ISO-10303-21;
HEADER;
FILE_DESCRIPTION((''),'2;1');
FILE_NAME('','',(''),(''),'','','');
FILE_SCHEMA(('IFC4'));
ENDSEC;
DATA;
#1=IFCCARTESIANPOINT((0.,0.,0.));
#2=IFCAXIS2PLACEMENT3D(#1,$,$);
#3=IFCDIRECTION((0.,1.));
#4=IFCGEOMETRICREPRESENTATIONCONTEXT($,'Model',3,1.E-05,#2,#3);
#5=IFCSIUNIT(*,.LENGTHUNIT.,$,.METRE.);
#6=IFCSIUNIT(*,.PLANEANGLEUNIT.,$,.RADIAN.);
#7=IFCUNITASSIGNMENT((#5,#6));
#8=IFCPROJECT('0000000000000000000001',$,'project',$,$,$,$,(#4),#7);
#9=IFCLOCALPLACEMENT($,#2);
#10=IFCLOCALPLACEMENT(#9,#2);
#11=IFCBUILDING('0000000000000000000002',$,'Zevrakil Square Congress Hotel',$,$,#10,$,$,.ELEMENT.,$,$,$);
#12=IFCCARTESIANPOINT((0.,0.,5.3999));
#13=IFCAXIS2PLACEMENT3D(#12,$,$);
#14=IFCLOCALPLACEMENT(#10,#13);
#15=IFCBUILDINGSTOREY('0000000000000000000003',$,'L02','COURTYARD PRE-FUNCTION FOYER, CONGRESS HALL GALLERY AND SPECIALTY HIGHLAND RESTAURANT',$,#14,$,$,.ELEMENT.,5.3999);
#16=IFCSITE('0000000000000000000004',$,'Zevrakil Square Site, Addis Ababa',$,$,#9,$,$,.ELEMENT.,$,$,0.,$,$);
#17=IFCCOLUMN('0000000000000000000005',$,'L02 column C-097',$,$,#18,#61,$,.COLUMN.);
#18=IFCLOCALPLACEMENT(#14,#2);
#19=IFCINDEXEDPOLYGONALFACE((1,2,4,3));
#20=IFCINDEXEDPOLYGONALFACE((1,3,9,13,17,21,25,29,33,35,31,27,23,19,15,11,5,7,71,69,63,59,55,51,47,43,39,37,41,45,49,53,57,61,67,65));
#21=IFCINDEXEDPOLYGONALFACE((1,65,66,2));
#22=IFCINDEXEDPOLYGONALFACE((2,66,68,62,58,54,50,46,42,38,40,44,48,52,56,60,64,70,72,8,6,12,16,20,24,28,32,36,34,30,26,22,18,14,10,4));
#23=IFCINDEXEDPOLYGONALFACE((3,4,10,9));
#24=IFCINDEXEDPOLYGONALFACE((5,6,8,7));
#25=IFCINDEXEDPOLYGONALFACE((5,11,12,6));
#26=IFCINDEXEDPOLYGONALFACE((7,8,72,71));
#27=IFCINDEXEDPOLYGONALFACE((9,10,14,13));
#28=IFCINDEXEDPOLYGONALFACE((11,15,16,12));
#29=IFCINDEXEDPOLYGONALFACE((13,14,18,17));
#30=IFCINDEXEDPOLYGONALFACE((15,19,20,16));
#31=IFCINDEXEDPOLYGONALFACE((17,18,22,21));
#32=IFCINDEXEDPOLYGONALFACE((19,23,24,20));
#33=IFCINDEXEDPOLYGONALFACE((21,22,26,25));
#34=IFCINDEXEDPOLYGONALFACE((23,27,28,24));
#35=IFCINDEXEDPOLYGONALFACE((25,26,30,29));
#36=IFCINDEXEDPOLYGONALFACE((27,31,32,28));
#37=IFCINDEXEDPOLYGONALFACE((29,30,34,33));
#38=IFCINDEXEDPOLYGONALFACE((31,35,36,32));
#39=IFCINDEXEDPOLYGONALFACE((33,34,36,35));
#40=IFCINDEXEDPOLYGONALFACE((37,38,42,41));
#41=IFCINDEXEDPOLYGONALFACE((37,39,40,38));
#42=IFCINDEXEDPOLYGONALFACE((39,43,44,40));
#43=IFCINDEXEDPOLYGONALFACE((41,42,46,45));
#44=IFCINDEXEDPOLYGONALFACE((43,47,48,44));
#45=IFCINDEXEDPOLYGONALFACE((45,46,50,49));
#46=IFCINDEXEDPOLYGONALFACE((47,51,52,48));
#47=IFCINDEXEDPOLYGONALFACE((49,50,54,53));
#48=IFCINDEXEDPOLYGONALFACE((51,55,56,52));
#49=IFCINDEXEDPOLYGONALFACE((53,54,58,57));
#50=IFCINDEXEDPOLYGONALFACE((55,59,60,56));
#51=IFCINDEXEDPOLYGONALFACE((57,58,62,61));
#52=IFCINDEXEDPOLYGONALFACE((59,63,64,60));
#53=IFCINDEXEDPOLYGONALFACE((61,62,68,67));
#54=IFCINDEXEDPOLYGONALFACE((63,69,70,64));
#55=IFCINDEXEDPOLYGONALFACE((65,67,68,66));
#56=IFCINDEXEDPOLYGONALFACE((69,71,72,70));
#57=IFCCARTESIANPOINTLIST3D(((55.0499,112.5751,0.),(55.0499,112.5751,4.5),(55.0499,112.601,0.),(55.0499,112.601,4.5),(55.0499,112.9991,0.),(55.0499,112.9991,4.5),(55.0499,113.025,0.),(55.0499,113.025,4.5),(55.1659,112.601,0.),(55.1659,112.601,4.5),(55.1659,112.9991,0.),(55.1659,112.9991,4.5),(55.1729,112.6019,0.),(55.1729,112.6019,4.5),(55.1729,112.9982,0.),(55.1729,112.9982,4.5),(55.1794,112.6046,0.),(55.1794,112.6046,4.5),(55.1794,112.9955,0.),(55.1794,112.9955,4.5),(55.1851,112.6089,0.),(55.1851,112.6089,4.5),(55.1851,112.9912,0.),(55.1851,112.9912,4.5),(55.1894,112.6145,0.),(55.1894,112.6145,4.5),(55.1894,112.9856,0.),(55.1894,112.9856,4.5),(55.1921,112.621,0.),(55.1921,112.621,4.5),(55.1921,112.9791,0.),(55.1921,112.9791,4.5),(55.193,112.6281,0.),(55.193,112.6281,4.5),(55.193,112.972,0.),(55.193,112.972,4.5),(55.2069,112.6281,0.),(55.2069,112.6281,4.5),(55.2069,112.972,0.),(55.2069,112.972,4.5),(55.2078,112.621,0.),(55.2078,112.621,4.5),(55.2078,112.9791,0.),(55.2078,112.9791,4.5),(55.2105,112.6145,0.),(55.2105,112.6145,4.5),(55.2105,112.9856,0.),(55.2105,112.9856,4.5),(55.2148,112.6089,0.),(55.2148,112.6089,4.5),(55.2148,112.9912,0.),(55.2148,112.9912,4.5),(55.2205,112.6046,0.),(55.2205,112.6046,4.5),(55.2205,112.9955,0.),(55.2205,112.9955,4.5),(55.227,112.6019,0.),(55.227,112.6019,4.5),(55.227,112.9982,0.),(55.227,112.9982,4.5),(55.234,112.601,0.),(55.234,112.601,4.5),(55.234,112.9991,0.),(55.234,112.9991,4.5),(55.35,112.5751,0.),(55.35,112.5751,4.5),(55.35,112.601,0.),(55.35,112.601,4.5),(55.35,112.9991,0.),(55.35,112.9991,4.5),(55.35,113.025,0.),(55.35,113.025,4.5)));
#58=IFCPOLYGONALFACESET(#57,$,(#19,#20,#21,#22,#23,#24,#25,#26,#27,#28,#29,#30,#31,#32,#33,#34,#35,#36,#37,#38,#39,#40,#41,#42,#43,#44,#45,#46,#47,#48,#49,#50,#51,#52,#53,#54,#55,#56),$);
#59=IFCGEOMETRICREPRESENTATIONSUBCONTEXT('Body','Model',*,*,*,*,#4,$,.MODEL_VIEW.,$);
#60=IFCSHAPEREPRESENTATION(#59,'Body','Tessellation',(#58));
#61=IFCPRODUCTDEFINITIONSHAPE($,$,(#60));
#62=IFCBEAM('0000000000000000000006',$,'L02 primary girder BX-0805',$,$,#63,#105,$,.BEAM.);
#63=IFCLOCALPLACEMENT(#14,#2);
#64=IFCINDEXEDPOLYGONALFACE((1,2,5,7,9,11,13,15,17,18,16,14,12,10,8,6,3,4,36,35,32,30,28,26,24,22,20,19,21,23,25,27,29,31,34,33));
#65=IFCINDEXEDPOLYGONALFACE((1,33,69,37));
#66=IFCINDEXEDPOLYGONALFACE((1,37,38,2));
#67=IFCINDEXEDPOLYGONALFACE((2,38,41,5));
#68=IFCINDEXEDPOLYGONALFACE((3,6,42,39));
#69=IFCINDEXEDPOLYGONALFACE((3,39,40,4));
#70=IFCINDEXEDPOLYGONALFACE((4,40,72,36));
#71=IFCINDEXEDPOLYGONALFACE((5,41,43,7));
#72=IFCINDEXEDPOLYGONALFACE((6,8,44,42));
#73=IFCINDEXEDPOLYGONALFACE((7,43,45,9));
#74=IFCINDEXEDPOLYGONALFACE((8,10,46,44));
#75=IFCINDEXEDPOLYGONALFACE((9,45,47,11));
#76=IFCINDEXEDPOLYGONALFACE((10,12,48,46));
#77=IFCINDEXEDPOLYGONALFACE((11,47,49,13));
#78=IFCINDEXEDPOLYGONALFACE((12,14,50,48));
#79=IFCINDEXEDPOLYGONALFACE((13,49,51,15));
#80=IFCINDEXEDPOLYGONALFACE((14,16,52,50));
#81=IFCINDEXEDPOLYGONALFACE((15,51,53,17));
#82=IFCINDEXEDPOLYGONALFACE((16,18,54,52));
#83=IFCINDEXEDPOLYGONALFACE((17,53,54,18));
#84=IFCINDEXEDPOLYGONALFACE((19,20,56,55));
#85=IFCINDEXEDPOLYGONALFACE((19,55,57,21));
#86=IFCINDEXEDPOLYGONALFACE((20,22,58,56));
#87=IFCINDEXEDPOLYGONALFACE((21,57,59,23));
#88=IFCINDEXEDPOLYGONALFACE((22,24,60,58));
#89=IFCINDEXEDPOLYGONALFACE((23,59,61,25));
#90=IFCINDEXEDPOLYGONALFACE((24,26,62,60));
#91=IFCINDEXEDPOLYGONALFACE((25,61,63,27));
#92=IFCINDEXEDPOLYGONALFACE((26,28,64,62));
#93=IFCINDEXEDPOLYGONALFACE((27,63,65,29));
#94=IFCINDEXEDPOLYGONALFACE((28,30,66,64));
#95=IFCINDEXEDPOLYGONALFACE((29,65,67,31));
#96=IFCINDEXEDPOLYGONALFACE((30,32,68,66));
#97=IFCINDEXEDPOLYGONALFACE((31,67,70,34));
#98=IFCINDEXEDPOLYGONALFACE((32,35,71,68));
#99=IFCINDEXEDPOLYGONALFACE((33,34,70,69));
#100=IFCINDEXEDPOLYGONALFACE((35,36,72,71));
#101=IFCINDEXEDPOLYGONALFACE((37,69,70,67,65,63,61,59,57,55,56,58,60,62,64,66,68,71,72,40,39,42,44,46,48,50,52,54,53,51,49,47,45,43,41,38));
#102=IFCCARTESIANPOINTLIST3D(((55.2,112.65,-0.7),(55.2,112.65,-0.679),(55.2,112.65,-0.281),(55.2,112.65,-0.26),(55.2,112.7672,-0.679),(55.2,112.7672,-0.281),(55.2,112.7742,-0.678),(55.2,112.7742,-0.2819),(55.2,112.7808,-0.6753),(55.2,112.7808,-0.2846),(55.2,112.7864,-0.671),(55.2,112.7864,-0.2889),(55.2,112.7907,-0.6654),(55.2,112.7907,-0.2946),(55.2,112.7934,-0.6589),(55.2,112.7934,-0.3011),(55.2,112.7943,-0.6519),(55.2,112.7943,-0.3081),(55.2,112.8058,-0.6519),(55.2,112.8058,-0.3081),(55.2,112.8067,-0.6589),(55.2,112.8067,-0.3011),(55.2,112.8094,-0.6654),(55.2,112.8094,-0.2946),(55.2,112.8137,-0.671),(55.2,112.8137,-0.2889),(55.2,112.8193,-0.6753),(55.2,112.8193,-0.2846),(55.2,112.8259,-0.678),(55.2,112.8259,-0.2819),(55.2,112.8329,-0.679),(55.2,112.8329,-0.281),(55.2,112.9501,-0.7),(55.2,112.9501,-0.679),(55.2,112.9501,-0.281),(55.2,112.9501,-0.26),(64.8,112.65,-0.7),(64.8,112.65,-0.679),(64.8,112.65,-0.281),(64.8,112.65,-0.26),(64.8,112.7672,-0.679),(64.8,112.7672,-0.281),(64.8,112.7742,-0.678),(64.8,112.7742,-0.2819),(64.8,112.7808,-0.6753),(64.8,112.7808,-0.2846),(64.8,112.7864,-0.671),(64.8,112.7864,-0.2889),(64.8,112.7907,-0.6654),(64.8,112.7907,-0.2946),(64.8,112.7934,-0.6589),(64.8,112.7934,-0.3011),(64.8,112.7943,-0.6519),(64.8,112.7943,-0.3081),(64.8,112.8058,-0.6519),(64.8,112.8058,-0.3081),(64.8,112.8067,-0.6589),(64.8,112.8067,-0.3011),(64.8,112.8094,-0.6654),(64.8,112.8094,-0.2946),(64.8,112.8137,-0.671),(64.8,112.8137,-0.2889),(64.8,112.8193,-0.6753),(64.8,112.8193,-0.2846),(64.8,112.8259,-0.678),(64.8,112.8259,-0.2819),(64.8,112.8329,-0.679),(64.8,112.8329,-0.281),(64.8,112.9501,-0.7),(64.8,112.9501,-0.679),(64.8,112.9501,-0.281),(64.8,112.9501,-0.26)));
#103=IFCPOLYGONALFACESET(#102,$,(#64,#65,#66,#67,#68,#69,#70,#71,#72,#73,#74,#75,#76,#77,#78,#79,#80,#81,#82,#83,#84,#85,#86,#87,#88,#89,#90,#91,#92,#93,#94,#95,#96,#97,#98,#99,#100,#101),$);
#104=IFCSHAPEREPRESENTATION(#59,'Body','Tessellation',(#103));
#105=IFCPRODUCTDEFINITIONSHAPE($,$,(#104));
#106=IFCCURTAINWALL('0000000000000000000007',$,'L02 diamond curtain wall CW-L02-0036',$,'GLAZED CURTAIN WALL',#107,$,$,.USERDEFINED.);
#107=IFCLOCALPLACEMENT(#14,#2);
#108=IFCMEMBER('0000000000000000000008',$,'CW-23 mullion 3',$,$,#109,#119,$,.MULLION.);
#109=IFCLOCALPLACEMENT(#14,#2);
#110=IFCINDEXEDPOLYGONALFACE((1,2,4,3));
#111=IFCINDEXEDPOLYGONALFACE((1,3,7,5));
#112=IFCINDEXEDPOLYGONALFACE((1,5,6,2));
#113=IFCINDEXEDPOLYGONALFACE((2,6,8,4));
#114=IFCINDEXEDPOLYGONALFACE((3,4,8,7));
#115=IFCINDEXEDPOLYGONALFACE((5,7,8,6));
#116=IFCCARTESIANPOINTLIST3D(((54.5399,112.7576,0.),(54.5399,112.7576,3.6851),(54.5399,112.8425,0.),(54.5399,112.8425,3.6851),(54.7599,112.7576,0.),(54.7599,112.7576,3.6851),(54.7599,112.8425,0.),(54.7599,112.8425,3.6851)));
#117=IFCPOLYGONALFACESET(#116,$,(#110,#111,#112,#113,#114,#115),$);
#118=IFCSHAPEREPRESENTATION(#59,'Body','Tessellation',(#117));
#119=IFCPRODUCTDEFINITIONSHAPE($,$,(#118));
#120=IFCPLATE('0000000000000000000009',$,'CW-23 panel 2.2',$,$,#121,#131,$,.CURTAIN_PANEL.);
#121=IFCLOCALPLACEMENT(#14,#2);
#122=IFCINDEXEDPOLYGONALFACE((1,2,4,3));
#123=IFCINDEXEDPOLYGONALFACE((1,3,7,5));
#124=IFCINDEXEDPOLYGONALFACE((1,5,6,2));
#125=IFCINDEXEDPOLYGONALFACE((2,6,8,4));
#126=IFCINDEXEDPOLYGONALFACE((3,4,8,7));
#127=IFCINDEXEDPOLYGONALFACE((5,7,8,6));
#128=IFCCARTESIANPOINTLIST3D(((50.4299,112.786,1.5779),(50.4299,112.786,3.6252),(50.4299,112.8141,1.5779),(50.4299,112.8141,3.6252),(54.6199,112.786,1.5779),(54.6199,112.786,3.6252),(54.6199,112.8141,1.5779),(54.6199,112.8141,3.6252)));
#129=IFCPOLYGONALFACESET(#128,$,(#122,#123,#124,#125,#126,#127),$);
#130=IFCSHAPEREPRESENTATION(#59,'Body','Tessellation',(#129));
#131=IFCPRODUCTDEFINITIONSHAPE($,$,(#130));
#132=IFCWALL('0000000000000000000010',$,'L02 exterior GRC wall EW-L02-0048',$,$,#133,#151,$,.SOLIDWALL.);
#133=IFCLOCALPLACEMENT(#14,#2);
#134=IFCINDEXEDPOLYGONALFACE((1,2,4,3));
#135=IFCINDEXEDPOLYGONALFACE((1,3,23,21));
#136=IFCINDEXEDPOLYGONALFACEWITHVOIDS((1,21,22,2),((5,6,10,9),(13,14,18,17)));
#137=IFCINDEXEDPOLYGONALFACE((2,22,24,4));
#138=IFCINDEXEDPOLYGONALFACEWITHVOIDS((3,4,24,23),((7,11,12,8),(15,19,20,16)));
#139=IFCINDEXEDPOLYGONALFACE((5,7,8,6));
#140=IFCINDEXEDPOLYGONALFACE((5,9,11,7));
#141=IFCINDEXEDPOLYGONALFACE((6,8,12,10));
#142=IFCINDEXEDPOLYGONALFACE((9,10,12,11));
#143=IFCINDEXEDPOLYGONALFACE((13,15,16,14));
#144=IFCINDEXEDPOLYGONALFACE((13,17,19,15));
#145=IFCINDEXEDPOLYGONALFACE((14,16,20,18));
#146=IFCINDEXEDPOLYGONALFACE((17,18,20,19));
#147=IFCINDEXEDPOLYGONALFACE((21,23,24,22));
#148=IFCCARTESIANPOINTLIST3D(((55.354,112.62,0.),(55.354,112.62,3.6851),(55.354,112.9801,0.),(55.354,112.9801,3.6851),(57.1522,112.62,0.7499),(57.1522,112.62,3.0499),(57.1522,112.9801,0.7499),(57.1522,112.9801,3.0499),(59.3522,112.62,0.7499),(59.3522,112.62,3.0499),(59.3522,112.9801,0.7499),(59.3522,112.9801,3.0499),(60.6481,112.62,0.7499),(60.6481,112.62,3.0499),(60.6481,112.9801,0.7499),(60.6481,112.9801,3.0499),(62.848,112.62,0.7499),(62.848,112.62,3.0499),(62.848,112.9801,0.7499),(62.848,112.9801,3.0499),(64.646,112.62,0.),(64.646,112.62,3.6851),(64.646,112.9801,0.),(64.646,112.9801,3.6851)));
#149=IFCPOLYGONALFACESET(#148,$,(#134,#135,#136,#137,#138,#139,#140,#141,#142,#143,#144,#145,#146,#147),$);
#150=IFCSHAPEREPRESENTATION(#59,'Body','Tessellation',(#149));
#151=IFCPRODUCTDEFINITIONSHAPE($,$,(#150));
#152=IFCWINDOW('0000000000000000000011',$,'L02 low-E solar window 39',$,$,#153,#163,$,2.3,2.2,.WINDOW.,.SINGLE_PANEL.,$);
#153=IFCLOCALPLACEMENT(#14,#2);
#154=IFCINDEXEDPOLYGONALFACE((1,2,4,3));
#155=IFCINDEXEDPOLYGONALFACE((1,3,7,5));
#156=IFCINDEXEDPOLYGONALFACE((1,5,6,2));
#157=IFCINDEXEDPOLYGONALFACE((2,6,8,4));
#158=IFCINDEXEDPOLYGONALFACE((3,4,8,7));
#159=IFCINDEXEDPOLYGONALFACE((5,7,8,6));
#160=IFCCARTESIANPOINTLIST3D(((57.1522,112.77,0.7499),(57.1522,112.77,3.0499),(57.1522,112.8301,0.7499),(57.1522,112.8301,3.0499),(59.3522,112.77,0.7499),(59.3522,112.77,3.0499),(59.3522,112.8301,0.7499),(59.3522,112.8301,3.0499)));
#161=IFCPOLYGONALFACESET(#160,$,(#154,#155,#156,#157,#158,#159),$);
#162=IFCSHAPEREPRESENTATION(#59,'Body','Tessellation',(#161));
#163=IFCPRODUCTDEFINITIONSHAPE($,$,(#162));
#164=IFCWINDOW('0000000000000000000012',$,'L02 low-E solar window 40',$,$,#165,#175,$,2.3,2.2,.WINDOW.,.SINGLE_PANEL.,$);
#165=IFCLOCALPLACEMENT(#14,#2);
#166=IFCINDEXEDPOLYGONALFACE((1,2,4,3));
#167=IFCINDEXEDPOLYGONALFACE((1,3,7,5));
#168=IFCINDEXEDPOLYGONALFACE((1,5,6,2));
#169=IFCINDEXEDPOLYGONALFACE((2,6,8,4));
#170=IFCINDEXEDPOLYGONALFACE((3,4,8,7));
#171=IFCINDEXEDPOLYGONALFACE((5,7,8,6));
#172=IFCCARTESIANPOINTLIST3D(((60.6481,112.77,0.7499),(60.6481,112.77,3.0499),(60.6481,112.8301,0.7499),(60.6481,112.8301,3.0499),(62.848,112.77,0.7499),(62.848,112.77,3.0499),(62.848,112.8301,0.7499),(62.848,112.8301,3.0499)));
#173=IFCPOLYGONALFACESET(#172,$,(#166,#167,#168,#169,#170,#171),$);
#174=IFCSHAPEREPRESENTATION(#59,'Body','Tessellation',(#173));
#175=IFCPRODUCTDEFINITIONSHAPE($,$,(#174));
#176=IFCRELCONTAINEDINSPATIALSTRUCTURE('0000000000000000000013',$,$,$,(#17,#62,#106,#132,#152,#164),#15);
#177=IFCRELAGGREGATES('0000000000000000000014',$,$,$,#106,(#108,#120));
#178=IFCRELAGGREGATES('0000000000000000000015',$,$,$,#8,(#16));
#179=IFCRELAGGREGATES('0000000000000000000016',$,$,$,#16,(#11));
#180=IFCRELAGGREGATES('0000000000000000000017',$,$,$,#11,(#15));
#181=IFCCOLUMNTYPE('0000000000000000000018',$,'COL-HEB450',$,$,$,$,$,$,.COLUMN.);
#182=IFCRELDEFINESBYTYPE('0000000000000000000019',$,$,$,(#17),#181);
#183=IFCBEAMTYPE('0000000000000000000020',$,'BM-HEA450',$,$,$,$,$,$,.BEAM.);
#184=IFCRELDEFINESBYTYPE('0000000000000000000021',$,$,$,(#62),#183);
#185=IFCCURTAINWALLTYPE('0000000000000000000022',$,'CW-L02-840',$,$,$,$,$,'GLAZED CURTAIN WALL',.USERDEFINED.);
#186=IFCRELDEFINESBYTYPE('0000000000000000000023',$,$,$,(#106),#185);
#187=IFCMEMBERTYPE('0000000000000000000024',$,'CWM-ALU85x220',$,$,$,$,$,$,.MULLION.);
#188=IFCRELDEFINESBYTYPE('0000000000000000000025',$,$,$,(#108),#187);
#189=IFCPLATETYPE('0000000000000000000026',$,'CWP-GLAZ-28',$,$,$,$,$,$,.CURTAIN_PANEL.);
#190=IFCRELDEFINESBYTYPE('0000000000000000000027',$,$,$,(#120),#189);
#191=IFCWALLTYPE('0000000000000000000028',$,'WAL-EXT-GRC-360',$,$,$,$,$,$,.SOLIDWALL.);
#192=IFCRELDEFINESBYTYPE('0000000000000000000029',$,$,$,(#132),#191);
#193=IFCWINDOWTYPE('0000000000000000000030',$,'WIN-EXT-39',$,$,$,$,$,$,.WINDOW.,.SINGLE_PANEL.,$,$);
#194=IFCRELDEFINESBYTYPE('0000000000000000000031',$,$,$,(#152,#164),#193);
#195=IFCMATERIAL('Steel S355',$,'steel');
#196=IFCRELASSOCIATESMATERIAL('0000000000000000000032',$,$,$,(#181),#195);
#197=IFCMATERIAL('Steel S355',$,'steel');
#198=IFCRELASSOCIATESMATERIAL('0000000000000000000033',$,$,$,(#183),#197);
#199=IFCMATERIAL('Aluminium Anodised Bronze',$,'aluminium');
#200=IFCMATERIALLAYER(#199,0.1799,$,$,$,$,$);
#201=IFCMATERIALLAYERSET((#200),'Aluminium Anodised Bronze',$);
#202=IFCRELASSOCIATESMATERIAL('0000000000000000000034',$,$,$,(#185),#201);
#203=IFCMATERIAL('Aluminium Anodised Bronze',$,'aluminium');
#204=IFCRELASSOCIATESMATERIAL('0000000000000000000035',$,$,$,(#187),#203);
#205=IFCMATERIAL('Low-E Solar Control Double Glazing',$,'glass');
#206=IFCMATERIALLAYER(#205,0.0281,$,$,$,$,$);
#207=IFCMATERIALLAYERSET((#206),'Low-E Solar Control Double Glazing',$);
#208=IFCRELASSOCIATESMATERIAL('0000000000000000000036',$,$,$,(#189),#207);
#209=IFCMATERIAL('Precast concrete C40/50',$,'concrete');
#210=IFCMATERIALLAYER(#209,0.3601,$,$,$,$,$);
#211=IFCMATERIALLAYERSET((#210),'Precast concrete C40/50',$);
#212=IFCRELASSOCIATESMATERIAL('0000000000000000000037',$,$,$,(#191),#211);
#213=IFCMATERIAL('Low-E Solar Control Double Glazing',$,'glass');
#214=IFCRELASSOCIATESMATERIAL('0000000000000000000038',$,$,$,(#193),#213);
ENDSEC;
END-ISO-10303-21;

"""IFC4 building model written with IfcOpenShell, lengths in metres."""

from ifc_helpers import new_model, si_unit, direction, frame, frame_2d, origin, origin_2d, place, context, subcontext, project, spatial, rectangle, i_section, extrude, material, layer, layer_set, material_profile, profile_set, type_object, element, fill, aggregate, save


model = new_model("IFC4")

# Units and contexts
model_context = context("Model", 3, precision=1e-05, world=origin(), true_north=direction((0.0, 1.0)))
body_context = subcontext(model_context, "Body", "Model", "MODEL_VIEW")
ifc_project = project(units=[si_unit("LENGTHUNIT", "METRE"), si_unit("PLANEANGLEUNIT", "RADIAN")], contexts=[model_context])

# Site, building, storey
site_placement = place(None, origin())
site = spatial("IfcSite", under=ifc_project, at=site_placement, Name="Zevrakil Square Site, Addis Ababa", CompositionType="ELEMENT", RefElevation=0.0)
building_placement = place(site_placement, origin())
building = spatial("IfcBuilding", under=site, at=building_placement, Name="Zevrakil Square Congress Hotel", CompositionType="ELEMENT")
storey_placement = place(building_placement, frame((0.0, 0.0, 5.3999)))
storey = spatial("IfcBuildingStorey", under=building, at=storey_placement, Name="L02", Description="COURTYARD PRE-FUNCTION FOYER, CONGRESS HALL GALLERY AND SPECIALTY HIGHLAND RESTAURANT", CompositionType="ELEMENT", Elevation=5.3999)

# Column
ifc_material_1 = material(Name="Steel S355", Category="steel")
ifc_material_profile_1 = material_profile(ifc_material_1, i_section(OverallWidth=0.3, OverallDepth=0.45, WebThickness=0.0139, FlangeThickness=0.0259, FilletRadius=0.0271, at=origin_2d()), Name="HEB 450")
ifc_profile_set_1 = profile_set([ifc_material_profile_1], Name="Steel S355")
column_type = type_object("IfcColumnType", Name="COL-HEB450", PredefinedType="COLUMN", material=ifc_profile_set_1)
column_placement = place(storey_placement, frame((55.2, 112.8, 0.0), z_axis=(0.0, 0.0, 1.0), x_axis=(1.0, 0.0, 0.0)))
element("IfcColumn", 1, at=column_placement, inside=storey, type_object=column_type, Name="L02 column C-097", PredefinedType="COLUMN", context=body_context, shape_type="SweptSolid", body=[
    extrude(i_section(OverallWidth=0.3, OverallDepth=0.45, WebThickness=0.0139, FlangeThickness=0.0259, FilletRadius=0.0271, at=origin_2d()), origin(), (0.0, 0.0, 1.0), 4.5),
])

# Beam
ifc_material_2 = material(Name="Steel S355", Category="steel")
ifc_material_profile_2 = material_profile(ifc_material_2, i_section(OverallWidth=0.3, OverallDepth=0.4399, WebThickness=0.0115, FlangeThickness=0.021, FilletRadius=0.0271, at=origin_2d()), Name="HEA 450")
ifc_profile_set_2 = profile_set([ifc_material_profile_2], Name="Steel S355")
beam_type = type_object("IfcBeamType", Name="BM-HEA450", PredefinedType="BEAM", material=ifc_profile_set_2)
beam_placement = place(storey_placement, frame((55.2, 112.8, -0.48), z_axis=(1.0, 0.0, 0.0), x_axis=(0.0, 1.0, 0.0)))
element("IfcBeam", 2, at=beam_placement, inside=storey, type_object=beam_type, Name="L02 primary girder BX-0805", PredefinedType="BEAM", context=body_context, shape_type="SweptSolid", body=[
    extrude(i_section(OverallWidth=0.3, OverallDepth=0.4399, WebThickness=0.0115, FlangeThickness=0.021, FilletRadius=0.0271, at=origin_2d()), origin(), (0.0, 0.0, 1.0), 9.6001),
])

# Curtain wall, member, plate
ifc_material_3 = material(Name="Aluminium Anodised Bronze", Category="aluminium")
ifc_layer_1 = layer(ifc_material_3, 0.1799)
ifc_layer_set_1 = layer_set([ifc_layer_1], Name="Aluminium Anodised Bronze")
curtain_wall_type = type_object("IfcCurtainWallType", Name="CW-L02-840", ElementType="GLAZED CURTAIN WALL", PredefinedType="USERDEFINED", material=ifc_layer_set_1)
curtain_wall_placement = place(storey_placement, origin())
curtain_wall = element("IfcCurtainWall", 3, at=curtain_wall_placement, inside=storey, type_object=curtain_wall_type, Name="L02 diamond curtain wall CW-L02-0036", ObjectType="GLAZED CURTAIN WALL", PredefinedType="USERDEFINED")
ifc_material_4 = material(Name="Aluminium Anodised Bronze", Category="aluminium")
ifc_material_profile_3 = material_profile(ifc_material_4, rectangle(XDim=0.085, YDim=0.22, at=origin_2d()), Name="ALU 85x220")
ifc_profile_set_3 = profile_set([ifc_material_profile_3], Name="Aluminium Anodised Bronze")
member_type = type_object("IfcMemberType", Name="CWM-ALU85x220", PredefinedType="MULLION", material=ifc_profile_set_3)
member_placement = place(storey_placement, frame((54.6499, 112.8, 0.0), z_axis=(0.0, 0.0, 1.0), x_axis=(0.0, 1.0, 0.0)))
member = element("IfcMember", 4, at=member_placement, type_object=member_type, Name="CW-23 mullion 3", PredefinedType="MULLION", context=body_context, shape_type="SweptSolid", body=[
    extrude(rectangle(XDim=0.085, YDim=0.22, at=origin_2d()), origin(), (0.0, 0.0, 1.0), 3.6851),
])
ifc_material_5 = material(Name="Low-E Solar Control Double Glazing", Category="glass")
ifc_layer_2 = layer(ifc_material_5, 0.0281)
ifc_layer_set_2 = layer_set([ifc_layer_2], Name="Low-E Solar Control Double Glazing")
plate_type = type_object("IfcPlateType", Name="CWP-GLAZ-28", PredefinedType="CURTAIN_PANEL", material=ifc_layer_set_2)
plate_placement = place(storey_placement, frame((52.5249, 112.8, 1.5779), z_axis=(0.0, 0.0, 1.0), x_axis=(1.0, 0.0, 0.0)))
plate = element("IfcPlate", 5, at=plate_placement, type_object=plate_type, Name="CW-23 panel 2.2", PredefinedType="CURTAIN_PANEL", context=body_context, shape_type="SweptSolid", body=[
    extrude(rectangle(XDim=4.1899, YDim=0.0281, at=origin_2d()), origin(), (0.0, 0.0, 1.0), 2.0474),
])
aggregate(curtain_wall, [member, plate])

# Wall, openings, windows
ifc_material_6 = material(Name="Precast concrete C40/50", Category="concrete")
ifc_layer_3 = layer(ifc_material_6, 0.3601)
ifc_layer_set_3 = layer_set([ifc_layer_3], Name="Precast concrete C40/50")
wall_type = type_object("IfcWallType", Name="WAL-EXT-GRC-360", PredefinedType="SOLIDWALL", material=ifc_layer_set_3)
wall_placement = place(storey_placement, frame((55.354, 112.8, 0.0), z_axis=(0.0, 0.0, 1.0), x_axis=(1.0, 0.0, 0.0)))
wall = element("IfcWall", 6, at=wall_placement, inside=storey, type_object=wall_type, Name="L02 exterior GRC wall EW-L02-0048", PredefinedType="SOLIDWALL", context=body_context, shape_type="SweptSolid", body=[
    extrude(rectangle(XDim=9.292, YDim=0.3601, at=frame_2d((4.646, 0.0))), origin(), (0.0, 0.0, 1.0), 3.6851),
])
opening_1_placement = place(wall_placement, frame((1.7981, 0.0, 0.75)))
opening_1 = element("IfcOpeningElement", 7, at=opening_1_placement, cuts=wall, PredefinedType="OPENING", context=body_context, shape_type="SweptSolid", body=[
    extrude(rectangle(XDim=2.2, YDim=2.3, at=frame_2d((1.1001, 1.1499))), frame((0.0, 0.1899, 0.0), z_axis=(0.0, -1.0, 0.0), x_axis=(1.0, 0.0, 0.0)), (0.0, 0.0, 1.0), 0.3801),
])
opening_2_placement = place(wall_placement, frame((5.2939, 0.0, 0.75)))
opening_2 = element("IfcOpeningElement", 8, at=opening_2_placement, cuts=wall, PredefinedType="OPENING", context=body_context, shape_type="SweptSolid", body=[
    extrude(rectangle(XDim=2.2, YDim=2.3, at=frame_2d((1.1001, 1.1499))), frame((0.0, 0.1899, 0.0), z_axis=(0.0, -1.0, 0.0), x_axis=(1.0, 0.0, 0.0)), (0.0, 0.0, 1.0), 0.3801),
])
ifc_material_7 = material(Name="Low-E Solar Control Double Glazing", Category="glass")
window_type = type_object("IfcWindowType", Name="WIN-EXT-39", PartitioningType="SINGLE_PANEL", PredefinedType="WINDOW", material=ifc_material_7)
window_1_placement = place(opening_1_placement, origin())
window_1 = element("IfcWindow", 9, at=window_1_placement, inside=storey, type_object=window_type, Name="L02 low-E solar window 39", OverallHeight=2.3, OverallWidth=2.2, PartitioningType="SINGLE_PANEL", PredefinedType="WINDOW", context=body_context, shape_type="SweptSolid", body=[
    extrude(rectangle(XDim=2.2, YDim=2.3, at=frame_2d((1.1001, 1.1499))), frame((0.0, 0.03, 0.0), z_axis=(0.0, -1.0, 0.0), x_axis=(1.0, 0.0, 0.0)), (0.0, 0.0, 1.0), 0.0601),
])
fill(opening_1, window_1)
window_2_placement = place(opening_2_placement, origin())
window_2 = element("IfcWindow", 10, at=window_2_placement, inside=storey, type_object=window_type, Name="L02 low-E solar window 40", OverallHeight=2.3, OverallWidth=2.2, PartitioningType="SINGLE_PANEL", PredefinedType="WINDOW", context=body_context, shape_type="SweptSolid", body=[
    extrude(rectangle(XDim=2.2, YDim=2.3, at=frame_2d((1.1001, 1.1499))), frame((0.0, 0.03, 0.0), z_axis=(0.0, -1.0, 0.0), x_axis=(1.0, 0.0, 0.0)), (0.0, 0.0, 1.0), 0.0601),
])
fill(opening_2, window_2)

save(model, "model.ifc")
